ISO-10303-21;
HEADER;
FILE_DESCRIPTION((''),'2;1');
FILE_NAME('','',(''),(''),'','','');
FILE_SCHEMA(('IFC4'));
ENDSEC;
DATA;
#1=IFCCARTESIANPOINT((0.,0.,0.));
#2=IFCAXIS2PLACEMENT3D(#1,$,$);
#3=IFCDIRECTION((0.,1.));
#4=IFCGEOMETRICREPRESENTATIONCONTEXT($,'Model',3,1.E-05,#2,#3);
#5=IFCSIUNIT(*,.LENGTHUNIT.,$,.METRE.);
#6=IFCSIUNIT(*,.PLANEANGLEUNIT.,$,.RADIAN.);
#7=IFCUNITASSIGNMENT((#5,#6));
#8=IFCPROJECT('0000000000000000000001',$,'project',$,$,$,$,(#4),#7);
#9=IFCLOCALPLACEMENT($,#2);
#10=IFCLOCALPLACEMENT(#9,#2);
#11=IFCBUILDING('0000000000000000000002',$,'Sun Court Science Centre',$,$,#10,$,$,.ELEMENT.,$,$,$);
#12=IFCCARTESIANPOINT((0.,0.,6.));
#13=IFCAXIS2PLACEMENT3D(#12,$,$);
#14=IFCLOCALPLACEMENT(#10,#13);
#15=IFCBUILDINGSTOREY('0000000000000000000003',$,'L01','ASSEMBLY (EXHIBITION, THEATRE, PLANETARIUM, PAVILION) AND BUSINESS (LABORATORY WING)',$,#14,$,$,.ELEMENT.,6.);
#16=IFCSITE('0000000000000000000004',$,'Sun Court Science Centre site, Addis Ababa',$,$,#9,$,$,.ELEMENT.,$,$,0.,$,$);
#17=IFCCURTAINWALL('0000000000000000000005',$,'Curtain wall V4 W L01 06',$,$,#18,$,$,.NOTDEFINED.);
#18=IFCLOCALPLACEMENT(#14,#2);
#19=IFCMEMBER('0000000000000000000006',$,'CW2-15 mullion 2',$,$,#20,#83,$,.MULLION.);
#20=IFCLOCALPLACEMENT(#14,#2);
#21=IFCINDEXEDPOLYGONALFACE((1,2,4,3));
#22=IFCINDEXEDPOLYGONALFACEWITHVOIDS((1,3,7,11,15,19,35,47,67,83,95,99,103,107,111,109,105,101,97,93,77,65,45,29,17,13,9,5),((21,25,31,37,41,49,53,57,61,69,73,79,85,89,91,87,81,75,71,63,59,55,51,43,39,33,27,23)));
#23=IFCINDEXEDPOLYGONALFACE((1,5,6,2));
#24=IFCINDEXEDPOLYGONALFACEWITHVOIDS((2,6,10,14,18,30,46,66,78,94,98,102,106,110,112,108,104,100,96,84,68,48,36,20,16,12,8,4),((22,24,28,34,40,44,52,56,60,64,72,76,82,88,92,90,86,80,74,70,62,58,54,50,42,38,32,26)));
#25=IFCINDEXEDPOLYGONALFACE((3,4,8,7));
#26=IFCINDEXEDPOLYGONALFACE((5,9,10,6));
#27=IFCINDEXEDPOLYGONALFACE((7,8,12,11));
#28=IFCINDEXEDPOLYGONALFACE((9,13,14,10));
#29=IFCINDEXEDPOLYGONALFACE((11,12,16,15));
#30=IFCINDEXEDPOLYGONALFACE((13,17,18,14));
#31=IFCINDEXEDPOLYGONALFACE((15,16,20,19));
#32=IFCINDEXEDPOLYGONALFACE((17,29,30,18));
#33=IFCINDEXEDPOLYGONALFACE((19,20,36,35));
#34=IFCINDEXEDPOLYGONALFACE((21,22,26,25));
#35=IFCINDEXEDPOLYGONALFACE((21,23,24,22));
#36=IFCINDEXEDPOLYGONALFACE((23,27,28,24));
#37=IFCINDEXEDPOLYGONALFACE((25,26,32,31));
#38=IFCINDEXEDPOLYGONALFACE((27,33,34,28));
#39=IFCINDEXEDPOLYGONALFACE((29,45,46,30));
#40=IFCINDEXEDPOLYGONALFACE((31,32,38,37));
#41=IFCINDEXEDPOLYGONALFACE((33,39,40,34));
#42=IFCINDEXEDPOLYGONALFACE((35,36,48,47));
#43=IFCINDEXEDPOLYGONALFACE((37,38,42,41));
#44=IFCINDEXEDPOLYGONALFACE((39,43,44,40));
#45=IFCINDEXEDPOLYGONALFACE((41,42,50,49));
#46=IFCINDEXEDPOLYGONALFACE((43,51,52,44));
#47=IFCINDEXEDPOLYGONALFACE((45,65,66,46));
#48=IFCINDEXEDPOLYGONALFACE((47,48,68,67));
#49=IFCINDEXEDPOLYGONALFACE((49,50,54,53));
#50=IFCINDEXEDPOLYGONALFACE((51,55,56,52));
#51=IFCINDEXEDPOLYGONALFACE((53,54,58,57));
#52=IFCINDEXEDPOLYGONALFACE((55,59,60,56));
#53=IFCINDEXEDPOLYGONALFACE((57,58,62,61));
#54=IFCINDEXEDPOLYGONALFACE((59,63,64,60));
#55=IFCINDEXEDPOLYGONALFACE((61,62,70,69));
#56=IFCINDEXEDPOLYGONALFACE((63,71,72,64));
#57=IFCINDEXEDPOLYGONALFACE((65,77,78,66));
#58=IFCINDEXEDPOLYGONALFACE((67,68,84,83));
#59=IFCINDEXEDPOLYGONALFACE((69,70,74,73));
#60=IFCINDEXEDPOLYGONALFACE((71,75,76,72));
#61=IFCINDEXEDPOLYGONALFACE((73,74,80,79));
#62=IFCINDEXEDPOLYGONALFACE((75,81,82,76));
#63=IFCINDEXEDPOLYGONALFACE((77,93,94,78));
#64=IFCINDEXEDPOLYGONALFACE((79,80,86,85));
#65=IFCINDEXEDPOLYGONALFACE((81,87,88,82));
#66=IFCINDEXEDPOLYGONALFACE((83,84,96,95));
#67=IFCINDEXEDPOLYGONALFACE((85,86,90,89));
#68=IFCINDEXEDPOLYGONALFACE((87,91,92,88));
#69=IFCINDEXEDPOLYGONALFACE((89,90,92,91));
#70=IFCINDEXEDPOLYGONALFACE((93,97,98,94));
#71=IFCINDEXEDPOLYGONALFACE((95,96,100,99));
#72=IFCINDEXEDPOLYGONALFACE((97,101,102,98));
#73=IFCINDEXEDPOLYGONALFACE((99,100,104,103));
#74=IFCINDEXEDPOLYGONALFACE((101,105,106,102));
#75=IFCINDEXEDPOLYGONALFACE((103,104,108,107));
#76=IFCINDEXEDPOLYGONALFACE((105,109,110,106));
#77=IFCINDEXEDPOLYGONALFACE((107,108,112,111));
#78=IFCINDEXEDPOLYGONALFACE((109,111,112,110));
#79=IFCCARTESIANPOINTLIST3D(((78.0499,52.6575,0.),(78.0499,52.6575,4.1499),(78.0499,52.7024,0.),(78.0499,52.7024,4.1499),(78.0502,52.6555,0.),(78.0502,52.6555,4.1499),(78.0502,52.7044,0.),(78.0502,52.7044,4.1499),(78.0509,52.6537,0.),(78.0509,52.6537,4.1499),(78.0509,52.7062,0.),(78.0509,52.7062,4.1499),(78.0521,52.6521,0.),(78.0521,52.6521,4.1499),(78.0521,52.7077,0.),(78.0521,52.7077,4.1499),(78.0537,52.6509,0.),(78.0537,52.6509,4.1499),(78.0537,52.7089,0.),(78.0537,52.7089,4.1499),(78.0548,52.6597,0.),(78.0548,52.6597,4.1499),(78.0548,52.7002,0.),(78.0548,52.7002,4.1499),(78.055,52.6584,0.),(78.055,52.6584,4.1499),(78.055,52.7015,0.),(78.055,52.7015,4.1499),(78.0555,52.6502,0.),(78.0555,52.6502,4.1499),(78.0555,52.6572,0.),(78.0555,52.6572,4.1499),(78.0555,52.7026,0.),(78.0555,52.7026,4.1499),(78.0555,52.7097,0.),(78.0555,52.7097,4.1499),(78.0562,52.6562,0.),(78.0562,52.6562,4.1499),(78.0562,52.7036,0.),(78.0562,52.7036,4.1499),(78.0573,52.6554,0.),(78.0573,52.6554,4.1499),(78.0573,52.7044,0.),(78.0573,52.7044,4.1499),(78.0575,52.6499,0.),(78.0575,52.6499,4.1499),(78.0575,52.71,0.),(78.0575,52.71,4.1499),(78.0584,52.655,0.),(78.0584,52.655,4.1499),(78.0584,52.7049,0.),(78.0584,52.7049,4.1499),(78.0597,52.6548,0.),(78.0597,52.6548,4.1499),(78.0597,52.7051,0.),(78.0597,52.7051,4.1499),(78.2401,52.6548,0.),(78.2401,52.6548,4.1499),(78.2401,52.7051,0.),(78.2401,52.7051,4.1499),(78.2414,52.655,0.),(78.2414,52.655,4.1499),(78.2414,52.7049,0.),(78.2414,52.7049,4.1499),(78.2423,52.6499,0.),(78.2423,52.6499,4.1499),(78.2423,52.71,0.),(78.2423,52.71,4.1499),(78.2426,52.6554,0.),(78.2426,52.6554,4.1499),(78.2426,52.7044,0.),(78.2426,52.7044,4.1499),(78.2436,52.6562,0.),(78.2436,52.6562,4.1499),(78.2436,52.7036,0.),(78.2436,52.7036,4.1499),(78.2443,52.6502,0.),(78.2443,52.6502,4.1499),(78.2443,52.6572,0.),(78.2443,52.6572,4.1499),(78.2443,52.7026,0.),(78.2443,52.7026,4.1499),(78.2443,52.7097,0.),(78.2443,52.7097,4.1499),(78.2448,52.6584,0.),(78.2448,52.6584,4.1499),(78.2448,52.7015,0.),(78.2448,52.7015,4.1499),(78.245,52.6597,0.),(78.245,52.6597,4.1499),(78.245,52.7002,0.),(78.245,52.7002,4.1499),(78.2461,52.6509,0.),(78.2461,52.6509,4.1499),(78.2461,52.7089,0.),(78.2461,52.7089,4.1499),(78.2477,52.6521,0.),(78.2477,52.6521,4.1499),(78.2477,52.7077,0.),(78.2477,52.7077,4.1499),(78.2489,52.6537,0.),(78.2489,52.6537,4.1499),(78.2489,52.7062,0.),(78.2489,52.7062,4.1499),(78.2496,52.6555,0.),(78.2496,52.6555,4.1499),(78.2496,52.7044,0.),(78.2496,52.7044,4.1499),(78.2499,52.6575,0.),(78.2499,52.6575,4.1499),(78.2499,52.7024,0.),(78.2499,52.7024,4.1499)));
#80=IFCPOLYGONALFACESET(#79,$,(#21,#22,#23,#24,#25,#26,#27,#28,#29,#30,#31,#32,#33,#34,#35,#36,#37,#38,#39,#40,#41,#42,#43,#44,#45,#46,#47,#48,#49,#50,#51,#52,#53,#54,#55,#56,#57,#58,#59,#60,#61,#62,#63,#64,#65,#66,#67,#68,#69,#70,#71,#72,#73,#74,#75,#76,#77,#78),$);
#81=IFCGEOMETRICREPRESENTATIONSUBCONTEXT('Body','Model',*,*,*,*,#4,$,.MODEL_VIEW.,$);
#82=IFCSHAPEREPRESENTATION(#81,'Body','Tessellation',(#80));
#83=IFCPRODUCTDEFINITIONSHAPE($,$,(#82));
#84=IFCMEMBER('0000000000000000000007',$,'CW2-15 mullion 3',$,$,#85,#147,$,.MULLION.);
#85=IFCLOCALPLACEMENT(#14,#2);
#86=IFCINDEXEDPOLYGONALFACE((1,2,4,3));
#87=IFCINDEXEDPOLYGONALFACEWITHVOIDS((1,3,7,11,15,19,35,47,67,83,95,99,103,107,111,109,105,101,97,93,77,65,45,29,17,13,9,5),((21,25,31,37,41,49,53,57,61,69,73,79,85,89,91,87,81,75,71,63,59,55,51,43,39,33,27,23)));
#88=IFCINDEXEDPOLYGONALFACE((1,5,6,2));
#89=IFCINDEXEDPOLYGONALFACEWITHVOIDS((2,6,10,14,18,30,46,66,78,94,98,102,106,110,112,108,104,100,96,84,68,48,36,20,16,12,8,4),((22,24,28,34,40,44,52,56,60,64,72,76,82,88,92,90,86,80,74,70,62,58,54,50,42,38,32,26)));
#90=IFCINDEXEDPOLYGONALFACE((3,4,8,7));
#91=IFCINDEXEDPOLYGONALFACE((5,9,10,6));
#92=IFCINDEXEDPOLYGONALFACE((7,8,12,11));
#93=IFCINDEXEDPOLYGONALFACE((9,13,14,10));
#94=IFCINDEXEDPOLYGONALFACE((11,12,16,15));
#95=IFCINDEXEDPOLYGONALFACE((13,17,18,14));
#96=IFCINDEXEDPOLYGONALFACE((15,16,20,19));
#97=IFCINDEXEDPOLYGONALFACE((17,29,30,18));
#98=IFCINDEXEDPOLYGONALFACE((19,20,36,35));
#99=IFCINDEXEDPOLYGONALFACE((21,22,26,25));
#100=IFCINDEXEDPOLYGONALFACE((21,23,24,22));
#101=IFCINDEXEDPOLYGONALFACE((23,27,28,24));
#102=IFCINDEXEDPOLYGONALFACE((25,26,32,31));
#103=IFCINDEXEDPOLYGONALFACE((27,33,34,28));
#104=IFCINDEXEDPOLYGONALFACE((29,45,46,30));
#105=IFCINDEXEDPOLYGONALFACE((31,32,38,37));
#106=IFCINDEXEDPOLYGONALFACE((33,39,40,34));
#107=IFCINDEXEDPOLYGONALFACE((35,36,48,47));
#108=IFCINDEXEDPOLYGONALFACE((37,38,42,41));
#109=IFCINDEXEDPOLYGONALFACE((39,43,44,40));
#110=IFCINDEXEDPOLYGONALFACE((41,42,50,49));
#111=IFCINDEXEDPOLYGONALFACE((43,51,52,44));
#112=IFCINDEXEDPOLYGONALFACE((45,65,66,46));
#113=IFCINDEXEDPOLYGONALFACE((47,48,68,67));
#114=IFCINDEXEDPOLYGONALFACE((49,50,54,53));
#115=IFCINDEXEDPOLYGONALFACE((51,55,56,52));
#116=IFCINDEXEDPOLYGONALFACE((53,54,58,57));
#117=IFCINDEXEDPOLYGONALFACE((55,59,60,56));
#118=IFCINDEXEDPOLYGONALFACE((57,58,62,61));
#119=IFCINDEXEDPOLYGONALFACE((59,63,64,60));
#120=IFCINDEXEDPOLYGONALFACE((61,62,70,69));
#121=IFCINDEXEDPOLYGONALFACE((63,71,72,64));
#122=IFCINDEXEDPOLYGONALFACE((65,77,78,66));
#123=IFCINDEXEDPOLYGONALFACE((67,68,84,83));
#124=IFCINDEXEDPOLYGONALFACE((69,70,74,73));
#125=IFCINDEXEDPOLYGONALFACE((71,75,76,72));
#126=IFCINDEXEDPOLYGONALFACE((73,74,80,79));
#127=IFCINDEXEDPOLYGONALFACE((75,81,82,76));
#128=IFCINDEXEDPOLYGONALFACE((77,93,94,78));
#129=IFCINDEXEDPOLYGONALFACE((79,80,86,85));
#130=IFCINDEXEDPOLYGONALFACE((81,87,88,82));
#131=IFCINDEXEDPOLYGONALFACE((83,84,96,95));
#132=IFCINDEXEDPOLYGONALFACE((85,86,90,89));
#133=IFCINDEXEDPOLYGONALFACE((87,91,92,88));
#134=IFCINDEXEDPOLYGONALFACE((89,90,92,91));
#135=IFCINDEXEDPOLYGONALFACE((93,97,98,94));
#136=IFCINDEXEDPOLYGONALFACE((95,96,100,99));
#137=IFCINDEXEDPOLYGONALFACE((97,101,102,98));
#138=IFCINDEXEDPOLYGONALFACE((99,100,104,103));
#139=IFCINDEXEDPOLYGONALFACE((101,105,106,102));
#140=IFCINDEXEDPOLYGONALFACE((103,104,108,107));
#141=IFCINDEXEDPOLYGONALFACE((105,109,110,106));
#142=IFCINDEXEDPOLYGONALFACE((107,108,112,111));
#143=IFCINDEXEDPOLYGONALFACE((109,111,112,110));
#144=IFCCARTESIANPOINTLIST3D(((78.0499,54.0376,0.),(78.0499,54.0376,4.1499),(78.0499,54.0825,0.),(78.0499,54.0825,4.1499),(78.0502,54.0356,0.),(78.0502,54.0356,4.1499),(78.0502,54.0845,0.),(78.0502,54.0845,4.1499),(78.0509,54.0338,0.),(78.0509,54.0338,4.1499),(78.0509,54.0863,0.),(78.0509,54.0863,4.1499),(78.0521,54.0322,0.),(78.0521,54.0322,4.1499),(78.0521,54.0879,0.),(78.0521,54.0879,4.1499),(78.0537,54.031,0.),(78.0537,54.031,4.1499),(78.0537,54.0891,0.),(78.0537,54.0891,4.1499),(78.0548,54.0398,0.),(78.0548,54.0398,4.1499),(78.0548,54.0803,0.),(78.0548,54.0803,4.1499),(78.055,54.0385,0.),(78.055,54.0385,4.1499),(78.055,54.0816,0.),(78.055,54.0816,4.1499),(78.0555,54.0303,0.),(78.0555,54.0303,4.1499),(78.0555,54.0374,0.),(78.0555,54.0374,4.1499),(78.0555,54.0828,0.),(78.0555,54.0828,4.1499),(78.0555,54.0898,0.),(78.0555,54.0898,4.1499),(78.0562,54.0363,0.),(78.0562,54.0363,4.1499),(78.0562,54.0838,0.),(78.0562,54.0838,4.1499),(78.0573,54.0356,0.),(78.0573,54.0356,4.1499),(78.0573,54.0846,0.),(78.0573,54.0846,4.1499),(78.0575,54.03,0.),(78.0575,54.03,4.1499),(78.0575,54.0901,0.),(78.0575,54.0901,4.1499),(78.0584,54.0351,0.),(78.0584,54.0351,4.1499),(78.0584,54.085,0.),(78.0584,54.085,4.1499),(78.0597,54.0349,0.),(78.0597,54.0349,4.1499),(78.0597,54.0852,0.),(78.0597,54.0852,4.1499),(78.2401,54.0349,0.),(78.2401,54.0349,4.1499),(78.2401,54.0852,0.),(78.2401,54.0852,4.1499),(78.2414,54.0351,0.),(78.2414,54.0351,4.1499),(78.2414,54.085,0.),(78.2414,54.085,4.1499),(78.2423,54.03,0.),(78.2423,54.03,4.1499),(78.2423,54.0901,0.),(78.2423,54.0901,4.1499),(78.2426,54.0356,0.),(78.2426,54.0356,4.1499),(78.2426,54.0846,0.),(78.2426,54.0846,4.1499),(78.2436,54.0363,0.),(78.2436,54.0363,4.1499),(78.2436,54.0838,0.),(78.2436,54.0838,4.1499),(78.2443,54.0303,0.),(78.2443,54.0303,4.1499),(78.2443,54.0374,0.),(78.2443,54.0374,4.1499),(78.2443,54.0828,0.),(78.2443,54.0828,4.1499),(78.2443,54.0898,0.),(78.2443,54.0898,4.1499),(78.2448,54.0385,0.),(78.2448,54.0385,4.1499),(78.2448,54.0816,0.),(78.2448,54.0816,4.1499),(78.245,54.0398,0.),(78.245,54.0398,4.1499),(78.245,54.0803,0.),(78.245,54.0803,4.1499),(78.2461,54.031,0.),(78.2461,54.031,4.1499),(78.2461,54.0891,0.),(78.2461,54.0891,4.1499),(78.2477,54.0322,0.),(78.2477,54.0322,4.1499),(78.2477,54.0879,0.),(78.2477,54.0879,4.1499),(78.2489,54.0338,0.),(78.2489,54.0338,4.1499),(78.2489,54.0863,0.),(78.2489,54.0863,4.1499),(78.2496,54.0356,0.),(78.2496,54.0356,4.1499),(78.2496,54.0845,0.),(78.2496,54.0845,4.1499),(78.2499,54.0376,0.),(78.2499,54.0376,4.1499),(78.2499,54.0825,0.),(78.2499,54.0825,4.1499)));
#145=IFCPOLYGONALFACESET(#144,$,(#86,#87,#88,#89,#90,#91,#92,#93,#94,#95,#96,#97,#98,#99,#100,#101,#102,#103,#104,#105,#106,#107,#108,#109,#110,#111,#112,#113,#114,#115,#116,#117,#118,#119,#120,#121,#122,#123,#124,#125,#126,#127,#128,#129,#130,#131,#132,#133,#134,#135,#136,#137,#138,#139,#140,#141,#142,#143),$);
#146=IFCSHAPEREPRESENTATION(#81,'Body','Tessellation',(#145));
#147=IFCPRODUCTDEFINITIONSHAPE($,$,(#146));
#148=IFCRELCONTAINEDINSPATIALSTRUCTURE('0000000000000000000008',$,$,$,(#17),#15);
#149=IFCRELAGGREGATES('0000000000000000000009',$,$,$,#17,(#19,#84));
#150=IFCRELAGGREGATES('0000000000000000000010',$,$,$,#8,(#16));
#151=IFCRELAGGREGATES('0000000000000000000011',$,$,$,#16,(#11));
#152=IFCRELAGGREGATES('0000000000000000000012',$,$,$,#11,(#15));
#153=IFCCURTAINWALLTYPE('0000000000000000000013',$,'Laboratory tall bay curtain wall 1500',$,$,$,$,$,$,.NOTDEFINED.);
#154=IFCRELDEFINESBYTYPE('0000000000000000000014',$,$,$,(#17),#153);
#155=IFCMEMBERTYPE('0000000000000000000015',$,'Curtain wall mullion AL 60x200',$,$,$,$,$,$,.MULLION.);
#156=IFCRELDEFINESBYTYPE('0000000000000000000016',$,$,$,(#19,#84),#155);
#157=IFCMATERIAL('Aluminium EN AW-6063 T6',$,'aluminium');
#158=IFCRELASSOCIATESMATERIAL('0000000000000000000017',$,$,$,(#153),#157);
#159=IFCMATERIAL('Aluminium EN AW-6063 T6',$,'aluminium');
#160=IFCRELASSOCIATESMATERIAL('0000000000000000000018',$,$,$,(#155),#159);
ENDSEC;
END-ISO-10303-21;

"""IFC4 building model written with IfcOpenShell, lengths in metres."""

from ifc_helpers import new_model, si_unit, direction, frame, origin, origin_2d, place, context, subcontext, project, spatial, hollow_rectangle, extrude, material, material_profile, profile_set, type_object, element, aggregate, save


model = new_model("IFC4")

# Units and contexts
model_context = context("Model", 3, precision=1e-05, world=origin(), true_north=direction((0.0, 1.0)))
body_context = subcontext(model_context, "Body", "Model", "MODEL_VIEW")
ifc_project = project(units=[si_unit("LENGTHUNIT", "METRE"), si_unit("PLANEANGLEUNIT", "RADIAN")], contexts=[model_context])

# Site, building, storey
site_placement = place(None, origin())
site = spatial("IfcSite", under=ifc_project, at=site_placement, Name="Sun Court Science Centre site, Addis Ababa", CompositionType="ELEMENT", RefElevation=0.0)
building_placement = place(site_placement, origin())
building = spatial("IfcBuilding", under=site, at=building_placement, Name="Sun Court Science Centre", CompositionType="ELEMENT")
storey_placement = place(building_placement, frame((0.0, 0.0, 6.0)))
storey = spatial("IfcBuildingStorey", under=building, at=storey_placement, Name="L01", Description="ASSEMBLY (EXHIBITION, THEATRE, PLANETARIUM, PAVILION) AND BUSINESS (LABORATORY WING)", CompositionType="ELEMENT", Elevation=6.0)

# Shared definitions
ifc_material_1 = material(Name="Aluminium EN AW-6063 T6", Category="aluminium")
curtain_wall_type = type_object("IfcCurtainWallType", Name="Laboratory tall bay curtain wall 1500", PredefinedType="NOTDEFINED", material=ifc_material_1)
ifc_material_2 = material(Name="Aluminium EN AW-6063 T6", Category="aluminium")
ifc_material_profile_1 = material_profile(ifc_material_2, hollow_rectangle(XDim=0.0601, YDim=0.2, WallThickness=0.0049, InnerFilletRadius=0.0049, OuterFilletRadius=0.0076, at=origin_2d()), Name="AL 60x200x5")
ifc_profile_set_1 = profile_set([ifc_material_profile_1], Name="Aluminium EN AW-6063 T6")
member_type_1 = type_object("IfcMemberType", Name="Curtain wall mullion AL 60x200", PredefinedType="MULLION", material=ifc_profile_set_1)

# Curtain wall, members
curtain_wall_1_placement = place(storey_placement, origin())
curtain_wall_1 = element("IfcCurtainWall", 1, at=curtain_wall_1_placement, inside=storey, type_object=curtain_wall_type, Name="Curtain wall V4 W L01 06", PredefinedType="NOTDEFINED")
member_1_placement = place(storey_placement, frame((78.1499, 52.6799, 0.0), z_axis=(0.0, 0.0, 1.0), x_axis=(0.0, 1.0, 0.0)))
member_1 = element("IfcMember", 2, at=member_1_placement, type_object=member_type_1, Name="CW2-15 mullion 2", PredefinedType="MULLION", context=body_context, shape_type="SweptSolid", body=[
    extrude(hollow_rectangle(XDim=0.0601, YDim=0.2, WallThickness=0.0049, InnerFilletRadius=0.0049, OuterFilletRadius=0.0076, at=origin_2d()), origin(), (0.0, 0.0, 1.0), 4.1499),
])
member_2_placement = place(storey_placement, frame((78.1499, 54.0601, 0.0), z_axis=(0.0, 0.0, 1.0), x_axis=(0.0, 1.0, 0.0)))
member_2 = element("IfcMember", 3, at=member_2_placement, type_object=member_type_1, Name="CW2-15 mullion 3", PredefinedType="MULLION", context=body_context, shape_type="SweptSolid", body=[
    extrude(hollow_rectangle(XDim=0.0601, YDim=0.2, WallThickness=0.0049, InnerFilletRadius=0.0049, OuterFilletRadius=0.0076, at=origin_2d()), origin(), (0.0, 0.0, 1.0), 4.1499),
])

aggregate(curtain_wall_1, [member_1, member_2])

save(model, "model.ifc")
